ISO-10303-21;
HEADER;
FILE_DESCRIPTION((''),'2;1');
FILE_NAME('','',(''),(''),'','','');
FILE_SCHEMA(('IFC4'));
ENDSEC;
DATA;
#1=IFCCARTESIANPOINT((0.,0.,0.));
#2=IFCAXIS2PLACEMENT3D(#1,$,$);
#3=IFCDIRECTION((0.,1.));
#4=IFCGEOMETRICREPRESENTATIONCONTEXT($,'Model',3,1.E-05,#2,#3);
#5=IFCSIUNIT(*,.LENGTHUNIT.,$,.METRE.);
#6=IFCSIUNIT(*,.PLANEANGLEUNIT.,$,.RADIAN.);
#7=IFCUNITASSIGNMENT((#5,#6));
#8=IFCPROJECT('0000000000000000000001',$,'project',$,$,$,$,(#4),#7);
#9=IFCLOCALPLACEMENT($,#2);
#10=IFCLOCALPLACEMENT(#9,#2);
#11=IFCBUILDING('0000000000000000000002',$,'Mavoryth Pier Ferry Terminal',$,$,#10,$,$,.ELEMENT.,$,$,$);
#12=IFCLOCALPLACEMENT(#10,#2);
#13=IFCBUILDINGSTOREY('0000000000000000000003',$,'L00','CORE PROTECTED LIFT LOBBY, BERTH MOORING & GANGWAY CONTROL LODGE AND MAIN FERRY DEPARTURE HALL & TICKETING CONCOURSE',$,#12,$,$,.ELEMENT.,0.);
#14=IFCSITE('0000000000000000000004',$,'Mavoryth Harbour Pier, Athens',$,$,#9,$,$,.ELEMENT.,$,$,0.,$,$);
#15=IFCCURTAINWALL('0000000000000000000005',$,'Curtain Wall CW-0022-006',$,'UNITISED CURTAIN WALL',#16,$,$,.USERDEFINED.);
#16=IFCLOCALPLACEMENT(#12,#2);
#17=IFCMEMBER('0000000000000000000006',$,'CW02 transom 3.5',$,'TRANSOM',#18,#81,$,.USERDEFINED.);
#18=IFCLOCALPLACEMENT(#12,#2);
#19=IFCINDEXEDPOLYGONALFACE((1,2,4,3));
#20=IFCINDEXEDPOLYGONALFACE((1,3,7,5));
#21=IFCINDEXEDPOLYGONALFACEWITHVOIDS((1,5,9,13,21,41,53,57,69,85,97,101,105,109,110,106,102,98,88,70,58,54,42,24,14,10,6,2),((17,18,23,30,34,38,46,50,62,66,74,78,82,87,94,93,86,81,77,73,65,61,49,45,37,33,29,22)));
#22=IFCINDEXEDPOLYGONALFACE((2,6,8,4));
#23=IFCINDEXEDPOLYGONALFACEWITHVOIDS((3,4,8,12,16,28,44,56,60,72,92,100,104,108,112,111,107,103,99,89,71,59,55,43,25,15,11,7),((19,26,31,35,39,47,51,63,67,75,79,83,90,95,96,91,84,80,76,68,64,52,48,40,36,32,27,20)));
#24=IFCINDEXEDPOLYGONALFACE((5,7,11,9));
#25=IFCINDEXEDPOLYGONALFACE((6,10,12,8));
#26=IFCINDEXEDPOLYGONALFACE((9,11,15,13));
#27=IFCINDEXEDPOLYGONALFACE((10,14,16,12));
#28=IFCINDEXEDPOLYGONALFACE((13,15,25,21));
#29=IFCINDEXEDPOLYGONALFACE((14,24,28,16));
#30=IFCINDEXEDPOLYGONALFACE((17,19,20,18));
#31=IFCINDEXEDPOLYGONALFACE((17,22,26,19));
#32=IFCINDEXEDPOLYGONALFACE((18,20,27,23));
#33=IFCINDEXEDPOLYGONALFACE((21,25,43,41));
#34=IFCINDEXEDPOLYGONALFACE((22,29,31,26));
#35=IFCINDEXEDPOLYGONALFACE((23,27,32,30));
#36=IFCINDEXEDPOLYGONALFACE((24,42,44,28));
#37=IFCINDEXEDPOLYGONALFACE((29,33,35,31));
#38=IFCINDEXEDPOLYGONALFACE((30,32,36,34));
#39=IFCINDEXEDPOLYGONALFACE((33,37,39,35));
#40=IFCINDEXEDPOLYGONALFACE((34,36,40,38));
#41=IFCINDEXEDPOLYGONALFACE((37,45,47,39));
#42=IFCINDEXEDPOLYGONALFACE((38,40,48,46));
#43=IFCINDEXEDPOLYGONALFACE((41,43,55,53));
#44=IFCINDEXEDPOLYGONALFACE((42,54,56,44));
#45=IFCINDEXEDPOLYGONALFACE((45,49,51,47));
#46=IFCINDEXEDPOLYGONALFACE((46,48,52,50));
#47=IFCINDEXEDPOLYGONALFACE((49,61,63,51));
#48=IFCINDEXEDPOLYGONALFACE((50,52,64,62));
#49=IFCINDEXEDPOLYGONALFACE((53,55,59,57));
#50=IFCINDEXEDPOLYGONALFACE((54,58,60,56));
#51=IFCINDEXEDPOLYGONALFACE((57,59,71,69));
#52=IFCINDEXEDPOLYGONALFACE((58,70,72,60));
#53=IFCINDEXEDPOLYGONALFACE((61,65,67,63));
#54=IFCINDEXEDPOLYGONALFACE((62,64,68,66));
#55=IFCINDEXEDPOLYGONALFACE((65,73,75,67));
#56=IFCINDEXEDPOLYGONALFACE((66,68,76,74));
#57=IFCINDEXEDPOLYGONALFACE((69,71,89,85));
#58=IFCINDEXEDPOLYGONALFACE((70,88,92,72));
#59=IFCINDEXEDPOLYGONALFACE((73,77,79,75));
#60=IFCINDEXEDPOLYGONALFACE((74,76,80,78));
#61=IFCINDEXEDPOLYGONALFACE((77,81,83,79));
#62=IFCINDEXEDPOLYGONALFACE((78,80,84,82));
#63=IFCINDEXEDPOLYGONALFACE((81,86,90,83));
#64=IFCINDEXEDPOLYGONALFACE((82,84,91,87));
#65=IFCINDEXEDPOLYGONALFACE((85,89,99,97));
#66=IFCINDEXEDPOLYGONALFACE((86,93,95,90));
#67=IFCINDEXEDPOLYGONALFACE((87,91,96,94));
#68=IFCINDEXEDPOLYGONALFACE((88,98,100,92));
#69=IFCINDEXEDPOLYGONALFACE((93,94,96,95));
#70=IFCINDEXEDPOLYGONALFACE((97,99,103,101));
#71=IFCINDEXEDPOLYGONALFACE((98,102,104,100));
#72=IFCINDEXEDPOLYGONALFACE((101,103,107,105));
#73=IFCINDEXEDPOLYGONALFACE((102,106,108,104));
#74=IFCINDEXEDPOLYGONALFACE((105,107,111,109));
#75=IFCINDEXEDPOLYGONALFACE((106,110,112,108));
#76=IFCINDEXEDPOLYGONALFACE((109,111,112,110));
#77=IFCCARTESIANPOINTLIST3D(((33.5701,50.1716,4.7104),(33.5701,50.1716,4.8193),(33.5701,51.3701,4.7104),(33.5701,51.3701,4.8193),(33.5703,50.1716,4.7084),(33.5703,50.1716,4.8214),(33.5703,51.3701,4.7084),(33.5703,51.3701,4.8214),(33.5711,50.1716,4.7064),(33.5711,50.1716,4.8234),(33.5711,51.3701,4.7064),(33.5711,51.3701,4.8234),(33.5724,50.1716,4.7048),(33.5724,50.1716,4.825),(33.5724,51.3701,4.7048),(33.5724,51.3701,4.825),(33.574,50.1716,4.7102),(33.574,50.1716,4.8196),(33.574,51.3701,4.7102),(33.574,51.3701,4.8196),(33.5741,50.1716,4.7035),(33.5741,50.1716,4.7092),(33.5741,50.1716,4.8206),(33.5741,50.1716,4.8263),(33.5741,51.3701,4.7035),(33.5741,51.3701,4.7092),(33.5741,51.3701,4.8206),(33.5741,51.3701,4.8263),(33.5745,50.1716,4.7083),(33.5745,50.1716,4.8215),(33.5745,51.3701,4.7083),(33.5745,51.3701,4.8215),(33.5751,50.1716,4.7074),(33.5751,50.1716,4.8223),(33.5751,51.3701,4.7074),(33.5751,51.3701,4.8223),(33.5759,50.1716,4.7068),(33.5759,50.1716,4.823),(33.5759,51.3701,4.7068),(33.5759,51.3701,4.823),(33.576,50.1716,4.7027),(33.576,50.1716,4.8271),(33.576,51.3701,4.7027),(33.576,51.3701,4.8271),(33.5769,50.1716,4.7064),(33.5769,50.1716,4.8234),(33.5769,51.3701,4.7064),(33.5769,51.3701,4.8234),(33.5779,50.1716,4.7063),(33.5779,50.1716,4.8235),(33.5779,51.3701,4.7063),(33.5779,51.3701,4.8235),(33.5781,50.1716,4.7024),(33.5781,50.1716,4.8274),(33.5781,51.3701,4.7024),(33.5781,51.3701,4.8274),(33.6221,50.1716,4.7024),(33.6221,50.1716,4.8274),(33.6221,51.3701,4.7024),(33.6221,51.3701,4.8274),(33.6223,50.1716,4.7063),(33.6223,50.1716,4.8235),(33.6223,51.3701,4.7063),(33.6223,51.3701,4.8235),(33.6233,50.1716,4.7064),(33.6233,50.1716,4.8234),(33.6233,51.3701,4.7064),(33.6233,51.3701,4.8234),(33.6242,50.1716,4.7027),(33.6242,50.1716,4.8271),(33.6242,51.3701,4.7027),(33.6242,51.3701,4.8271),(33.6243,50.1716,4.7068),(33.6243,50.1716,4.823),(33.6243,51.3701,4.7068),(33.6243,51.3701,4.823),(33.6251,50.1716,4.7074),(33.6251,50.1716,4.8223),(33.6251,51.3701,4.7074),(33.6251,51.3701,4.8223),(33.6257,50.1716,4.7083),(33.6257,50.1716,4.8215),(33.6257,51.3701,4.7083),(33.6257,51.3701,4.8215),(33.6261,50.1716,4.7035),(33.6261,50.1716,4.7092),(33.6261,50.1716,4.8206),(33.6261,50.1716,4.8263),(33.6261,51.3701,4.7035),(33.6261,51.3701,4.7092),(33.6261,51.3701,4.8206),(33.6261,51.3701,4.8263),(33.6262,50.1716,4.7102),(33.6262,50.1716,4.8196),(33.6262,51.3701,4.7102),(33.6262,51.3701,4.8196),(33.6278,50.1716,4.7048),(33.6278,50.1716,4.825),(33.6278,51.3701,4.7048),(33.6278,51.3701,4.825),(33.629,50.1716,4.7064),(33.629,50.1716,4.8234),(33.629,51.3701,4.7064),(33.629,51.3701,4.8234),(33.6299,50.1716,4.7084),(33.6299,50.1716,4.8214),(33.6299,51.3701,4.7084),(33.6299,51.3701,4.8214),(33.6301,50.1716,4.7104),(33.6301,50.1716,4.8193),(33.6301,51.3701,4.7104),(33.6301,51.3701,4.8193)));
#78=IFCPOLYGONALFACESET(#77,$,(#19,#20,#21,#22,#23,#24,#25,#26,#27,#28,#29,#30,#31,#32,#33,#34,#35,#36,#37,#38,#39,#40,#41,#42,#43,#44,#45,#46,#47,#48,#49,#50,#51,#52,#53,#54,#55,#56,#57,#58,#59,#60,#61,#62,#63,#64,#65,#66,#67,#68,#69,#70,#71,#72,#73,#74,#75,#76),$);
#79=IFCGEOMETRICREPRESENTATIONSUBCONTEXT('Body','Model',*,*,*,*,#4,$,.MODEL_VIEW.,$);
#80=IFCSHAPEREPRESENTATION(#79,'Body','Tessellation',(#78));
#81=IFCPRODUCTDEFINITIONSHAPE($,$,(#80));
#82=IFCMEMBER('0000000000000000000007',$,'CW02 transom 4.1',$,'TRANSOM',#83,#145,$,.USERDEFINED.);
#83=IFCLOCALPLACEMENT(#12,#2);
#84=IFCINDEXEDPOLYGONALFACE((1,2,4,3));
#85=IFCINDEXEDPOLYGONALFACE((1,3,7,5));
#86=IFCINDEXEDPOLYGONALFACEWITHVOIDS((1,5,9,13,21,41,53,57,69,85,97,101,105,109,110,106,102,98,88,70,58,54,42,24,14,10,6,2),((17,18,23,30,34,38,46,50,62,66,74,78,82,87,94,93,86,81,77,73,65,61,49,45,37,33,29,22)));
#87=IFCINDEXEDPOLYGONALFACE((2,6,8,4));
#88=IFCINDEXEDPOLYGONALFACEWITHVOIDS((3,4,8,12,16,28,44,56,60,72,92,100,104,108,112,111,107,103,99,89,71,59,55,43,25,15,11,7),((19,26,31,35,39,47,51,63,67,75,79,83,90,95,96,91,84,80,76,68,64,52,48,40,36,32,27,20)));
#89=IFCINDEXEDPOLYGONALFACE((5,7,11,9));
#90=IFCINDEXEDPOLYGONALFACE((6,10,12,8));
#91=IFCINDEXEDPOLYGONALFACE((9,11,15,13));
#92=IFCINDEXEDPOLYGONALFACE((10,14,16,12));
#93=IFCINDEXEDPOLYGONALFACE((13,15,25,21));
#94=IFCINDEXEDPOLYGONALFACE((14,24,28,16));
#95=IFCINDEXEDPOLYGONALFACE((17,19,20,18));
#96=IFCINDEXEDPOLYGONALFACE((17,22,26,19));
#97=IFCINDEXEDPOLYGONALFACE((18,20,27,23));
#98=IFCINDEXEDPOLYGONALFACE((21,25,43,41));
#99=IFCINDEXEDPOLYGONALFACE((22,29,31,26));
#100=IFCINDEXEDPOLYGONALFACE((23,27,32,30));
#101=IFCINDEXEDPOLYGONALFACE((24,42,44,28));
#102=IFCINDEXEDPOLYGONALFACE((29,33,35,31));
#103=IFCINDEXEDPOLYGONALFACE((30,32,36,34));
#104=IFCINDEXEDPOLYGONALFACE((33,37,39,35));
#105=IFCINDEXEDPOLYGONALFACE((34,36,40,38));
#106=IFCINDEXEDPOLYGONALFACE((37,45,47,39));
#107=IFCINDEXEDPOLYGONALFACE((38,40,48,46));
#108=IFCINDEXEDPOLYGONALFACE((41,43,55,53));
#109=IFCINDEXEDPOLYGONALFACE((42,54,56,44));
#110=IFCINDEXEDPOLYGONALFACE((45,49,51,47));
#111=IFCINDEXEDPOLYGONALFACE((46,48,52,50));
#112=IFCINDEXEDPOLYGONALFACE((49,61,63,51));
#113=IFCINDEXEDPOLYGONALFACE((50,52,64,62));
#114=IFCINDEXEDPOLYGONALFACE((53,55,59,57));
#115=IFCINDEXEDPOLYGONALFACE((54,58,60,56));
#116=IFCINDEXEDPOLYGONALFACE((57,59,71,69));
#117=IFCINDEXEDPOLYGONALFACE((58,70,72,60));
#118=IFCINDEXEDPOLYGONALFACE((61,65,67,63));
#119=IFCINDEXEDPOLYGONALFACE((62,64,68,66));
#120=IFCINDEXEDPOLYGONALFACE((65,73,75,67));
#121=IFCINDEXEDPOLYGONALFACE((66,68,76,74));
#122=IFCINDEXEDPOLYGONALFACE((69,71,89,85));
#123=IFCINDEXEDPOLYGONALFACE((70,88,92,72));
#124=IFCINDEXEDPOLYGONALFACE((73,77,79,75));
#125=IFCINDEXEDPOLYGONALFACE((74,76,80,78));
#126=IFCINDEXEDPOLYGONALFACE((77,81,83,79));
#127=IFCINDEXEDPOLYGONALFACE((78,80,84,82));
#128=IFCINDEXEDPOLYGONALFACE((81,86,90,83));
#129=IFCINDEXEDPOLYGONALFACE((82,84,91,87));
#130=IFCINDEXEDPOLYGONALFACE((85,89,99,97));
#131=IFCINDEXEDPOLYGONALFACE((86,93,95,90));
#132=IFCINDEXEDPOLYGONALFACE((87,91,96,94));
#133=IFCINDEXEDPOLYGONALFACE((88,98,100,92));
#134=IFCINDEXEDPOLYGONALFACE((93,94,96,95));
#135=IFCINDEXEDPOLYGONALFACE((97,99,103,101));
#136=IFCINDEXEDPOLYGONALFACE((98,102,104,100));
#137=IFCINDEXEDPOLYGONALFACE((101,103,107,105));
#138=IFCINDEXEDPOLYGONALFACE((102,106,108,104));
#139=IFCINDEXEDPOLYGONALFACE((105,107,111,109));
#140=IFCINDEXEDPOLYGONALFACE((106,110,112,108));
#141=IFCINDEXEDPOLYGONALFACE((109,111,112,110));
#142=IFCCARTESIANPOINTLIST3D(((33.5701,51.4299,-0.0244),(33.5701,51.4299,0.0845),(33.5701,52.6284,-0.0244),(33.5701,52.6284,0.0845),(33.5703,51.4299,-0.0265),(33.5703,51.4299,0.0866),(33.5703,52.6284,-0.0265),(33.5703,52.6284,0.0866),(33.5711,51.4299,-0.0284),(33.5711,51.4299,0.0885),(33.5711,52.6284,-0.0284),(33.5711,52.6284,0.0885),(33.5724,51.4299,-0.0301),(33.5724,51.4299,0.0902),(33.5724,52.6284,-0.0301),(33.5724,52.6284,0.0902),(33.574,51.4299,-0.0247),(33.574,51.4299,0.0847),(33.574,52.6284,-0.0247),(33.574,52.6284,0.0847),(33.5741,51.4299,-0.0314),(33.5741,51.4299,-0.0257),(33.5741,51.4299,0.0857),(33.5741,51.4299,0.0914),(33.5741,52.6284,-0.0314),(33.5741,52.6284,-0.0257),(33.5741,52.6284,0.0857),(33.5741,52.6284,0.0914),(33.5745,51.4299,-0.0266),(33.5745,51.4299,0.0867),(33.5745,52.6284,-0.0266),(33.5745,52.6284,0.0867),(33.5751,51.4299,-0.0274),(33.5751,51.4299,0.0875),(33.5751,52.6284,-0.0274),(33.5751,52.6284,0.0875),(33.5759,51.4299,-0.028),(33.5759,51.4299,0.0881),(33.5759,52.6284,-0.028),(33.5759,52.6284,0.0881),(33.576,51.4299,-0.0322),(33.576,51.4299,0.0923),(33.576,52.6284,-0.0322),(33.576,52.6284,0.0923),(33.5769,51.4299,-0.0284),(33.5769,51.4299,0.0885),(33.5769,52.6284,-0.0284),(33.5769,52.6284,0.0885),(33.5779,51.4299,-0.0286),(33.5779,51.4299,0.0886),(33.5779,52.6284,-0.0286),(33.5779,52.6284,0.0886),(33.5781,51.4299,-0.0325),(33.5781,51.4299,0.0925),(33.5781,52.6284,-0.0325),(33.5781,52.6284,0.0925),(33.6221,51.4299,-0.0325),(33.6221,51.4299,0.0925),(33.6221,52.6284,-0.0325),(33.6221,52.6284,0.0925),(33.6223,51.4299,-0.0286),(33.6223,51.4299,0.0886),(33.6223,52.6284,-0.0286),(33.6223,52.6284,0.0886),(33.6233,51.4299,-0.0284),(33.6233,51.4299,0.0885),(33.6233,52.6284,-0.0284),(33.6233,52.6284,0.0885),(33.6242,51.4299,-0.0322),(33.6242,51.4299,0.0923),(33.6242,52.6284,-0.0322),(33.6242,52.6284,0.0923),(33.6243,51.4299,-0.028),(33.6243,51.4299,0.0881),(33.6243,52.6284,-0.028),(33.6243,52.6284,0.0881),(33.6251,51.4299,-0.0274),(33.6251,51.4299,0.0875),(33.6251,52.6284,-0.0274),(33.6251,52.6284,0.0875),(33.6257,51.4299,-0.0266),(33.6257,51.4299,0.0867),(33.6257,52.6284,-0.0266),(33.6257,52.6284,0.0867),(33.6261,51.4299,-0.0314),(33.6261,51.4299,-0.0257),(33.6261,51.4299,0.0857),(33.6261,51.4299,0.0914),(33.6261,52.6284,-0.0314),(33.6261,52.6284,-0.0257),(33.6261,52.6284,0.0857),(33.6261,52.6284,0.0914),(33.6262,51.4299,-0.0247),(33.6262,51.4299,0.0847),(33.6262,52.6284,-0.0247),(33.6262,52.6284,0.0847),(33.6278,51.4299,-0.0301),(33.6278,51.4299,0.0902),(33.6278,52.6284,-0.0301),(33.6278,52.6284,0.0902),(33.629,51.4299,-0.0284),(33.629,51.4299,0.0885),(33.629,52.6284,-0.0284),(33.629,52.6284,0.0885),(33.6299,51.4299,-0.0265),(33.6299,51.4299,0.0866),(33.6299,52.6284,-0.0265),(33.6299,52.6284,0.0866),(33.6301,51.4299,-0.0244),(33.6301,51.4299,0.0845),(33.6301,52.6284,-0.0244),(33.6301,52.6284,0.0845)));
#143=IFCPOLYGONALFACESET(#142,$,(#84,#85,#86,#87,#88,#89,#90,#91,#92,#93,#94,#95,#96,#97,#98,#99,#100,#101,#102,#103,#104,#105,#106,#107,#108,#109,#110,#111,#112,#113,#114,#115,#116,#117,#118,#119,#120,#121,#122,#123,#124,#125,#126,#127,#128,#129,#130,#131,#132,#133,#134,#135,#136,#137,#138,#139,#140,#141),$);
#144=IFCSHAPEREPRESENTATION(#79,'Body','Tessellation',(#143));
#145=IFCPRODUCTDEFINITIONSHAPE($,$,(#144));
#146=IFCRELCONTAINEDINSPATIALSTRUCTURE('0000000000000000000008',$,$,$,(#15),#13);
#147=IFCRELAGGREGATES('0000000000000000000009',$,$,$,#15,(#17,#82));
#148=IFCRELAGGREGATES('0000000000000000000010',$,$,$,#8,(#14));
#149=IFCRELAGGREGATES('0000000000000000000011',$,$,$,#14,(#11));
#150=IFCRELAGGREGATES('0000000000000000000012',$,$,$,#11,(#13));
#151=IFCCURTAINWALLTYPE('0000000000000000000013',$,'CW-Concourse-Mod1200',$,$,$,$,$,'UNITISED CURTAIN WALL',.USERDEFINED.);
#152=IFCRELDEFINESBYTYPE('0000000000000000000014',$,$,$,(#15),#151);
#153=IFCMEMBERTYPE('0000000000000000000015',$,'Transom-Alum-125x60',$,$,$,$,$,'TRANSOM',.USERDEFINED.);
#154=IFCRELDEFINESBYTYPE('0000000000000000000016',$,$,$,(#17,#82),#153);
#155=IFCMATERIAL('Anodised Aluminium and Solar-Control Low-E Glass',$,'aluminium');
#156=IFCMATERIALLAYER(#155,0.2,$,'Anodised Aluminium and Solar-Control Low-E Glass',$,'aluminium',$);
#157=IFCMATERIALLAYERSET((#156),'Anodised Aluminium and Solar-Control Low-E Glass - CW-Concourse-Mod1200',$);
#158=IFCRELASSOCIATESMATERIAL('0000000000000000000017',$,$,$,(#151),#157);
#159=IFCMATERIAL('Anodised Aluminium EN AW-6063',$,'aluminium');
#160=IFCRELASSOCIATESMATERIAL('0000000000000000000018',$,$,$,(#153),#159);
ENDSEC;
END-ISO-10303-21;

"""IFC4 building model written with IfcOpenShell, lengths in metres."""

from ifc_helpers import new_model, si_unit, direction, frame, origin, origin_2d, place, context, subcontext, project, spatial, hollow_rectangle, extrude, material, layer, layer_set, material_profile, profile_set, type_object, element, aggregate, save


model = new_model("IFC4")

# Units and contexts
model_context = context("Model", 3, precision=1e-05, world=origin(), true_north=direction((0.0, 1.0)))
body_context = subcontext(model_context, "Body", "Model", "MODEL_VIEW")
ifc_project = project(units=[si_unit("LENGTHUNIT", "METRE"), si_unit("PLANEANGLEUNIT", "RADIAN")], contexts=[model_context])

# Site, building, storey
site_placement = place(None, origin())
site = spatial("IfcSite", under=ifc_project, at=site_placement, Name="Mavoryth Harbour Pier, Athens", CompositionType="ELEMENT", RefElevation=0.0)
building_placement = place(site_placement, origin())
building = spatial("IfcBuilding", under=site, at=building_placement, Name="Mavoryth Pier Ferry Terminal", CompositionType="ELEMENT")
storey_placement = place(building_placement, origin())
storey = spatial("IfcBuildingStorey", under=building, at=storey_placement, Name="L00", Description="CORE PROTECTED LIFT LOBBY, BERTH MOORING & GANGWAY CONTROL LODGE AND MAIN FERRY DEPARTURE HALL & TICKETING CONCOURSE", CompositionType="ELEMENT", Elevation=0.0)

# Curtain wall, members
ifc_material_1 = material(Name="Anodised Aluminium and Solar-Control Low-E Glass", Category="aluminium")
ifc_layer_1 = layer(ifc_material_1, 0.2, Name="Anodised Aluminium and Solar-Control Low-E Glass", Category="aluminium")
ifc_layer_set_1 = layer_set([ifc_layer_1], Name="Anodised Aluminium and Solar-Control Low-E Glass - CW-Concourse-Mod1200")
curtain_wall_type = type_object("IfcCurtainWallType", Name="CW-Concourse-Mod1200", ElementType="UNITISED CURTAIN WALL", PredefinedType="USERDEFINED", material=ifc_layer_set_1)
curtain_wall_placement = place(storey_placement, origin())
curtain_wall = element("IfcCurtainWall", 1, at=curtain_wall_placement, inside=storey, type_object=curtain_wall_type, Name="Curtain Wall CW-0022-006", ObjectType="UNITISED CURTAIN WALL", PredefinedType="USERDEFINED")
ifc_material_2 = material(Name="Anodised Aluminium EN AW-6063", Category="aluminium")
ifc_material_profile_1 = material_profile(ifc_material_2, hollow_rectangle(XDim=0.0601, YDim=0.125, WallThickness=0.0039, InnerFilletRadius=0.0039, OuterFilletRadius=0.0081, at=origin_2d()), Name="AL-TRAN 125x60x4", Category="aluminium")
ifc_profile_set_1 = profile_set([ifc_material_profile_1], Name="Anodised Aluminium EN AW-6063 - AL-TRAN 125x60x4")
member_type_1 = type_object("IfcMemberType", Name="Transom-Alum-125x60", ElementType="TRANSOM", PredefinedType="USERDEFINED", material=ifc_profile_set_1)
member_1_placement = place(storey_placement, frame((33.6001, 50.1716, 4.7649), z_axis=(0.0, 1.0, 0.0), x_axis=(-1.0, 0.0, 0.0)))
member_1 = element("IfcMember", 2, at=member_1_placement, type_object=member_type_1, Name="CW02 transom 3.5", ObjectType="TRANSOM", PredefinedType="USERDEFINED", context=body_context, shape_type="SweptSolid", body=[
    extrude(hollow_rectangle(XDim=0.0601, YDim=0.125, WallThickness=0.0039, InnerFilletRadius=0.0039, OuterFilletRadius=0.0081, at=origin_2d()), origin(), (0.0, 0.0, 1.0), 1.1985),
])
member_2_placement = place(storey_placement, frame((33.6001, 51.4299, 0.03), z_axis=(0.0, 1.0, 0.0), x_axis=(-1.0, 0.0, 0.0)))
member_2 = element("IfcMember", 3, at=member_2_placement, type_object=member_type_1, Name="CW02 transom 4.1", ObjectType="TRANSOM", PredefinedType="USERDEFINED", context=body_context, shape_type="SweptSolid", body=[
    extrude(hollow_rectangle(XDim=0.0601, YDim=0.125, WallThickness=0.0039, InnerFilletRadius=0.0039, OuterFilletRadius=0.0081, at=origin_2d()), origin(), (0.0, 0.0, 1.0), 1.1985),
])
aggregate(curtain_wall, [member_1, member_2])

save(model, "model.ifc")
